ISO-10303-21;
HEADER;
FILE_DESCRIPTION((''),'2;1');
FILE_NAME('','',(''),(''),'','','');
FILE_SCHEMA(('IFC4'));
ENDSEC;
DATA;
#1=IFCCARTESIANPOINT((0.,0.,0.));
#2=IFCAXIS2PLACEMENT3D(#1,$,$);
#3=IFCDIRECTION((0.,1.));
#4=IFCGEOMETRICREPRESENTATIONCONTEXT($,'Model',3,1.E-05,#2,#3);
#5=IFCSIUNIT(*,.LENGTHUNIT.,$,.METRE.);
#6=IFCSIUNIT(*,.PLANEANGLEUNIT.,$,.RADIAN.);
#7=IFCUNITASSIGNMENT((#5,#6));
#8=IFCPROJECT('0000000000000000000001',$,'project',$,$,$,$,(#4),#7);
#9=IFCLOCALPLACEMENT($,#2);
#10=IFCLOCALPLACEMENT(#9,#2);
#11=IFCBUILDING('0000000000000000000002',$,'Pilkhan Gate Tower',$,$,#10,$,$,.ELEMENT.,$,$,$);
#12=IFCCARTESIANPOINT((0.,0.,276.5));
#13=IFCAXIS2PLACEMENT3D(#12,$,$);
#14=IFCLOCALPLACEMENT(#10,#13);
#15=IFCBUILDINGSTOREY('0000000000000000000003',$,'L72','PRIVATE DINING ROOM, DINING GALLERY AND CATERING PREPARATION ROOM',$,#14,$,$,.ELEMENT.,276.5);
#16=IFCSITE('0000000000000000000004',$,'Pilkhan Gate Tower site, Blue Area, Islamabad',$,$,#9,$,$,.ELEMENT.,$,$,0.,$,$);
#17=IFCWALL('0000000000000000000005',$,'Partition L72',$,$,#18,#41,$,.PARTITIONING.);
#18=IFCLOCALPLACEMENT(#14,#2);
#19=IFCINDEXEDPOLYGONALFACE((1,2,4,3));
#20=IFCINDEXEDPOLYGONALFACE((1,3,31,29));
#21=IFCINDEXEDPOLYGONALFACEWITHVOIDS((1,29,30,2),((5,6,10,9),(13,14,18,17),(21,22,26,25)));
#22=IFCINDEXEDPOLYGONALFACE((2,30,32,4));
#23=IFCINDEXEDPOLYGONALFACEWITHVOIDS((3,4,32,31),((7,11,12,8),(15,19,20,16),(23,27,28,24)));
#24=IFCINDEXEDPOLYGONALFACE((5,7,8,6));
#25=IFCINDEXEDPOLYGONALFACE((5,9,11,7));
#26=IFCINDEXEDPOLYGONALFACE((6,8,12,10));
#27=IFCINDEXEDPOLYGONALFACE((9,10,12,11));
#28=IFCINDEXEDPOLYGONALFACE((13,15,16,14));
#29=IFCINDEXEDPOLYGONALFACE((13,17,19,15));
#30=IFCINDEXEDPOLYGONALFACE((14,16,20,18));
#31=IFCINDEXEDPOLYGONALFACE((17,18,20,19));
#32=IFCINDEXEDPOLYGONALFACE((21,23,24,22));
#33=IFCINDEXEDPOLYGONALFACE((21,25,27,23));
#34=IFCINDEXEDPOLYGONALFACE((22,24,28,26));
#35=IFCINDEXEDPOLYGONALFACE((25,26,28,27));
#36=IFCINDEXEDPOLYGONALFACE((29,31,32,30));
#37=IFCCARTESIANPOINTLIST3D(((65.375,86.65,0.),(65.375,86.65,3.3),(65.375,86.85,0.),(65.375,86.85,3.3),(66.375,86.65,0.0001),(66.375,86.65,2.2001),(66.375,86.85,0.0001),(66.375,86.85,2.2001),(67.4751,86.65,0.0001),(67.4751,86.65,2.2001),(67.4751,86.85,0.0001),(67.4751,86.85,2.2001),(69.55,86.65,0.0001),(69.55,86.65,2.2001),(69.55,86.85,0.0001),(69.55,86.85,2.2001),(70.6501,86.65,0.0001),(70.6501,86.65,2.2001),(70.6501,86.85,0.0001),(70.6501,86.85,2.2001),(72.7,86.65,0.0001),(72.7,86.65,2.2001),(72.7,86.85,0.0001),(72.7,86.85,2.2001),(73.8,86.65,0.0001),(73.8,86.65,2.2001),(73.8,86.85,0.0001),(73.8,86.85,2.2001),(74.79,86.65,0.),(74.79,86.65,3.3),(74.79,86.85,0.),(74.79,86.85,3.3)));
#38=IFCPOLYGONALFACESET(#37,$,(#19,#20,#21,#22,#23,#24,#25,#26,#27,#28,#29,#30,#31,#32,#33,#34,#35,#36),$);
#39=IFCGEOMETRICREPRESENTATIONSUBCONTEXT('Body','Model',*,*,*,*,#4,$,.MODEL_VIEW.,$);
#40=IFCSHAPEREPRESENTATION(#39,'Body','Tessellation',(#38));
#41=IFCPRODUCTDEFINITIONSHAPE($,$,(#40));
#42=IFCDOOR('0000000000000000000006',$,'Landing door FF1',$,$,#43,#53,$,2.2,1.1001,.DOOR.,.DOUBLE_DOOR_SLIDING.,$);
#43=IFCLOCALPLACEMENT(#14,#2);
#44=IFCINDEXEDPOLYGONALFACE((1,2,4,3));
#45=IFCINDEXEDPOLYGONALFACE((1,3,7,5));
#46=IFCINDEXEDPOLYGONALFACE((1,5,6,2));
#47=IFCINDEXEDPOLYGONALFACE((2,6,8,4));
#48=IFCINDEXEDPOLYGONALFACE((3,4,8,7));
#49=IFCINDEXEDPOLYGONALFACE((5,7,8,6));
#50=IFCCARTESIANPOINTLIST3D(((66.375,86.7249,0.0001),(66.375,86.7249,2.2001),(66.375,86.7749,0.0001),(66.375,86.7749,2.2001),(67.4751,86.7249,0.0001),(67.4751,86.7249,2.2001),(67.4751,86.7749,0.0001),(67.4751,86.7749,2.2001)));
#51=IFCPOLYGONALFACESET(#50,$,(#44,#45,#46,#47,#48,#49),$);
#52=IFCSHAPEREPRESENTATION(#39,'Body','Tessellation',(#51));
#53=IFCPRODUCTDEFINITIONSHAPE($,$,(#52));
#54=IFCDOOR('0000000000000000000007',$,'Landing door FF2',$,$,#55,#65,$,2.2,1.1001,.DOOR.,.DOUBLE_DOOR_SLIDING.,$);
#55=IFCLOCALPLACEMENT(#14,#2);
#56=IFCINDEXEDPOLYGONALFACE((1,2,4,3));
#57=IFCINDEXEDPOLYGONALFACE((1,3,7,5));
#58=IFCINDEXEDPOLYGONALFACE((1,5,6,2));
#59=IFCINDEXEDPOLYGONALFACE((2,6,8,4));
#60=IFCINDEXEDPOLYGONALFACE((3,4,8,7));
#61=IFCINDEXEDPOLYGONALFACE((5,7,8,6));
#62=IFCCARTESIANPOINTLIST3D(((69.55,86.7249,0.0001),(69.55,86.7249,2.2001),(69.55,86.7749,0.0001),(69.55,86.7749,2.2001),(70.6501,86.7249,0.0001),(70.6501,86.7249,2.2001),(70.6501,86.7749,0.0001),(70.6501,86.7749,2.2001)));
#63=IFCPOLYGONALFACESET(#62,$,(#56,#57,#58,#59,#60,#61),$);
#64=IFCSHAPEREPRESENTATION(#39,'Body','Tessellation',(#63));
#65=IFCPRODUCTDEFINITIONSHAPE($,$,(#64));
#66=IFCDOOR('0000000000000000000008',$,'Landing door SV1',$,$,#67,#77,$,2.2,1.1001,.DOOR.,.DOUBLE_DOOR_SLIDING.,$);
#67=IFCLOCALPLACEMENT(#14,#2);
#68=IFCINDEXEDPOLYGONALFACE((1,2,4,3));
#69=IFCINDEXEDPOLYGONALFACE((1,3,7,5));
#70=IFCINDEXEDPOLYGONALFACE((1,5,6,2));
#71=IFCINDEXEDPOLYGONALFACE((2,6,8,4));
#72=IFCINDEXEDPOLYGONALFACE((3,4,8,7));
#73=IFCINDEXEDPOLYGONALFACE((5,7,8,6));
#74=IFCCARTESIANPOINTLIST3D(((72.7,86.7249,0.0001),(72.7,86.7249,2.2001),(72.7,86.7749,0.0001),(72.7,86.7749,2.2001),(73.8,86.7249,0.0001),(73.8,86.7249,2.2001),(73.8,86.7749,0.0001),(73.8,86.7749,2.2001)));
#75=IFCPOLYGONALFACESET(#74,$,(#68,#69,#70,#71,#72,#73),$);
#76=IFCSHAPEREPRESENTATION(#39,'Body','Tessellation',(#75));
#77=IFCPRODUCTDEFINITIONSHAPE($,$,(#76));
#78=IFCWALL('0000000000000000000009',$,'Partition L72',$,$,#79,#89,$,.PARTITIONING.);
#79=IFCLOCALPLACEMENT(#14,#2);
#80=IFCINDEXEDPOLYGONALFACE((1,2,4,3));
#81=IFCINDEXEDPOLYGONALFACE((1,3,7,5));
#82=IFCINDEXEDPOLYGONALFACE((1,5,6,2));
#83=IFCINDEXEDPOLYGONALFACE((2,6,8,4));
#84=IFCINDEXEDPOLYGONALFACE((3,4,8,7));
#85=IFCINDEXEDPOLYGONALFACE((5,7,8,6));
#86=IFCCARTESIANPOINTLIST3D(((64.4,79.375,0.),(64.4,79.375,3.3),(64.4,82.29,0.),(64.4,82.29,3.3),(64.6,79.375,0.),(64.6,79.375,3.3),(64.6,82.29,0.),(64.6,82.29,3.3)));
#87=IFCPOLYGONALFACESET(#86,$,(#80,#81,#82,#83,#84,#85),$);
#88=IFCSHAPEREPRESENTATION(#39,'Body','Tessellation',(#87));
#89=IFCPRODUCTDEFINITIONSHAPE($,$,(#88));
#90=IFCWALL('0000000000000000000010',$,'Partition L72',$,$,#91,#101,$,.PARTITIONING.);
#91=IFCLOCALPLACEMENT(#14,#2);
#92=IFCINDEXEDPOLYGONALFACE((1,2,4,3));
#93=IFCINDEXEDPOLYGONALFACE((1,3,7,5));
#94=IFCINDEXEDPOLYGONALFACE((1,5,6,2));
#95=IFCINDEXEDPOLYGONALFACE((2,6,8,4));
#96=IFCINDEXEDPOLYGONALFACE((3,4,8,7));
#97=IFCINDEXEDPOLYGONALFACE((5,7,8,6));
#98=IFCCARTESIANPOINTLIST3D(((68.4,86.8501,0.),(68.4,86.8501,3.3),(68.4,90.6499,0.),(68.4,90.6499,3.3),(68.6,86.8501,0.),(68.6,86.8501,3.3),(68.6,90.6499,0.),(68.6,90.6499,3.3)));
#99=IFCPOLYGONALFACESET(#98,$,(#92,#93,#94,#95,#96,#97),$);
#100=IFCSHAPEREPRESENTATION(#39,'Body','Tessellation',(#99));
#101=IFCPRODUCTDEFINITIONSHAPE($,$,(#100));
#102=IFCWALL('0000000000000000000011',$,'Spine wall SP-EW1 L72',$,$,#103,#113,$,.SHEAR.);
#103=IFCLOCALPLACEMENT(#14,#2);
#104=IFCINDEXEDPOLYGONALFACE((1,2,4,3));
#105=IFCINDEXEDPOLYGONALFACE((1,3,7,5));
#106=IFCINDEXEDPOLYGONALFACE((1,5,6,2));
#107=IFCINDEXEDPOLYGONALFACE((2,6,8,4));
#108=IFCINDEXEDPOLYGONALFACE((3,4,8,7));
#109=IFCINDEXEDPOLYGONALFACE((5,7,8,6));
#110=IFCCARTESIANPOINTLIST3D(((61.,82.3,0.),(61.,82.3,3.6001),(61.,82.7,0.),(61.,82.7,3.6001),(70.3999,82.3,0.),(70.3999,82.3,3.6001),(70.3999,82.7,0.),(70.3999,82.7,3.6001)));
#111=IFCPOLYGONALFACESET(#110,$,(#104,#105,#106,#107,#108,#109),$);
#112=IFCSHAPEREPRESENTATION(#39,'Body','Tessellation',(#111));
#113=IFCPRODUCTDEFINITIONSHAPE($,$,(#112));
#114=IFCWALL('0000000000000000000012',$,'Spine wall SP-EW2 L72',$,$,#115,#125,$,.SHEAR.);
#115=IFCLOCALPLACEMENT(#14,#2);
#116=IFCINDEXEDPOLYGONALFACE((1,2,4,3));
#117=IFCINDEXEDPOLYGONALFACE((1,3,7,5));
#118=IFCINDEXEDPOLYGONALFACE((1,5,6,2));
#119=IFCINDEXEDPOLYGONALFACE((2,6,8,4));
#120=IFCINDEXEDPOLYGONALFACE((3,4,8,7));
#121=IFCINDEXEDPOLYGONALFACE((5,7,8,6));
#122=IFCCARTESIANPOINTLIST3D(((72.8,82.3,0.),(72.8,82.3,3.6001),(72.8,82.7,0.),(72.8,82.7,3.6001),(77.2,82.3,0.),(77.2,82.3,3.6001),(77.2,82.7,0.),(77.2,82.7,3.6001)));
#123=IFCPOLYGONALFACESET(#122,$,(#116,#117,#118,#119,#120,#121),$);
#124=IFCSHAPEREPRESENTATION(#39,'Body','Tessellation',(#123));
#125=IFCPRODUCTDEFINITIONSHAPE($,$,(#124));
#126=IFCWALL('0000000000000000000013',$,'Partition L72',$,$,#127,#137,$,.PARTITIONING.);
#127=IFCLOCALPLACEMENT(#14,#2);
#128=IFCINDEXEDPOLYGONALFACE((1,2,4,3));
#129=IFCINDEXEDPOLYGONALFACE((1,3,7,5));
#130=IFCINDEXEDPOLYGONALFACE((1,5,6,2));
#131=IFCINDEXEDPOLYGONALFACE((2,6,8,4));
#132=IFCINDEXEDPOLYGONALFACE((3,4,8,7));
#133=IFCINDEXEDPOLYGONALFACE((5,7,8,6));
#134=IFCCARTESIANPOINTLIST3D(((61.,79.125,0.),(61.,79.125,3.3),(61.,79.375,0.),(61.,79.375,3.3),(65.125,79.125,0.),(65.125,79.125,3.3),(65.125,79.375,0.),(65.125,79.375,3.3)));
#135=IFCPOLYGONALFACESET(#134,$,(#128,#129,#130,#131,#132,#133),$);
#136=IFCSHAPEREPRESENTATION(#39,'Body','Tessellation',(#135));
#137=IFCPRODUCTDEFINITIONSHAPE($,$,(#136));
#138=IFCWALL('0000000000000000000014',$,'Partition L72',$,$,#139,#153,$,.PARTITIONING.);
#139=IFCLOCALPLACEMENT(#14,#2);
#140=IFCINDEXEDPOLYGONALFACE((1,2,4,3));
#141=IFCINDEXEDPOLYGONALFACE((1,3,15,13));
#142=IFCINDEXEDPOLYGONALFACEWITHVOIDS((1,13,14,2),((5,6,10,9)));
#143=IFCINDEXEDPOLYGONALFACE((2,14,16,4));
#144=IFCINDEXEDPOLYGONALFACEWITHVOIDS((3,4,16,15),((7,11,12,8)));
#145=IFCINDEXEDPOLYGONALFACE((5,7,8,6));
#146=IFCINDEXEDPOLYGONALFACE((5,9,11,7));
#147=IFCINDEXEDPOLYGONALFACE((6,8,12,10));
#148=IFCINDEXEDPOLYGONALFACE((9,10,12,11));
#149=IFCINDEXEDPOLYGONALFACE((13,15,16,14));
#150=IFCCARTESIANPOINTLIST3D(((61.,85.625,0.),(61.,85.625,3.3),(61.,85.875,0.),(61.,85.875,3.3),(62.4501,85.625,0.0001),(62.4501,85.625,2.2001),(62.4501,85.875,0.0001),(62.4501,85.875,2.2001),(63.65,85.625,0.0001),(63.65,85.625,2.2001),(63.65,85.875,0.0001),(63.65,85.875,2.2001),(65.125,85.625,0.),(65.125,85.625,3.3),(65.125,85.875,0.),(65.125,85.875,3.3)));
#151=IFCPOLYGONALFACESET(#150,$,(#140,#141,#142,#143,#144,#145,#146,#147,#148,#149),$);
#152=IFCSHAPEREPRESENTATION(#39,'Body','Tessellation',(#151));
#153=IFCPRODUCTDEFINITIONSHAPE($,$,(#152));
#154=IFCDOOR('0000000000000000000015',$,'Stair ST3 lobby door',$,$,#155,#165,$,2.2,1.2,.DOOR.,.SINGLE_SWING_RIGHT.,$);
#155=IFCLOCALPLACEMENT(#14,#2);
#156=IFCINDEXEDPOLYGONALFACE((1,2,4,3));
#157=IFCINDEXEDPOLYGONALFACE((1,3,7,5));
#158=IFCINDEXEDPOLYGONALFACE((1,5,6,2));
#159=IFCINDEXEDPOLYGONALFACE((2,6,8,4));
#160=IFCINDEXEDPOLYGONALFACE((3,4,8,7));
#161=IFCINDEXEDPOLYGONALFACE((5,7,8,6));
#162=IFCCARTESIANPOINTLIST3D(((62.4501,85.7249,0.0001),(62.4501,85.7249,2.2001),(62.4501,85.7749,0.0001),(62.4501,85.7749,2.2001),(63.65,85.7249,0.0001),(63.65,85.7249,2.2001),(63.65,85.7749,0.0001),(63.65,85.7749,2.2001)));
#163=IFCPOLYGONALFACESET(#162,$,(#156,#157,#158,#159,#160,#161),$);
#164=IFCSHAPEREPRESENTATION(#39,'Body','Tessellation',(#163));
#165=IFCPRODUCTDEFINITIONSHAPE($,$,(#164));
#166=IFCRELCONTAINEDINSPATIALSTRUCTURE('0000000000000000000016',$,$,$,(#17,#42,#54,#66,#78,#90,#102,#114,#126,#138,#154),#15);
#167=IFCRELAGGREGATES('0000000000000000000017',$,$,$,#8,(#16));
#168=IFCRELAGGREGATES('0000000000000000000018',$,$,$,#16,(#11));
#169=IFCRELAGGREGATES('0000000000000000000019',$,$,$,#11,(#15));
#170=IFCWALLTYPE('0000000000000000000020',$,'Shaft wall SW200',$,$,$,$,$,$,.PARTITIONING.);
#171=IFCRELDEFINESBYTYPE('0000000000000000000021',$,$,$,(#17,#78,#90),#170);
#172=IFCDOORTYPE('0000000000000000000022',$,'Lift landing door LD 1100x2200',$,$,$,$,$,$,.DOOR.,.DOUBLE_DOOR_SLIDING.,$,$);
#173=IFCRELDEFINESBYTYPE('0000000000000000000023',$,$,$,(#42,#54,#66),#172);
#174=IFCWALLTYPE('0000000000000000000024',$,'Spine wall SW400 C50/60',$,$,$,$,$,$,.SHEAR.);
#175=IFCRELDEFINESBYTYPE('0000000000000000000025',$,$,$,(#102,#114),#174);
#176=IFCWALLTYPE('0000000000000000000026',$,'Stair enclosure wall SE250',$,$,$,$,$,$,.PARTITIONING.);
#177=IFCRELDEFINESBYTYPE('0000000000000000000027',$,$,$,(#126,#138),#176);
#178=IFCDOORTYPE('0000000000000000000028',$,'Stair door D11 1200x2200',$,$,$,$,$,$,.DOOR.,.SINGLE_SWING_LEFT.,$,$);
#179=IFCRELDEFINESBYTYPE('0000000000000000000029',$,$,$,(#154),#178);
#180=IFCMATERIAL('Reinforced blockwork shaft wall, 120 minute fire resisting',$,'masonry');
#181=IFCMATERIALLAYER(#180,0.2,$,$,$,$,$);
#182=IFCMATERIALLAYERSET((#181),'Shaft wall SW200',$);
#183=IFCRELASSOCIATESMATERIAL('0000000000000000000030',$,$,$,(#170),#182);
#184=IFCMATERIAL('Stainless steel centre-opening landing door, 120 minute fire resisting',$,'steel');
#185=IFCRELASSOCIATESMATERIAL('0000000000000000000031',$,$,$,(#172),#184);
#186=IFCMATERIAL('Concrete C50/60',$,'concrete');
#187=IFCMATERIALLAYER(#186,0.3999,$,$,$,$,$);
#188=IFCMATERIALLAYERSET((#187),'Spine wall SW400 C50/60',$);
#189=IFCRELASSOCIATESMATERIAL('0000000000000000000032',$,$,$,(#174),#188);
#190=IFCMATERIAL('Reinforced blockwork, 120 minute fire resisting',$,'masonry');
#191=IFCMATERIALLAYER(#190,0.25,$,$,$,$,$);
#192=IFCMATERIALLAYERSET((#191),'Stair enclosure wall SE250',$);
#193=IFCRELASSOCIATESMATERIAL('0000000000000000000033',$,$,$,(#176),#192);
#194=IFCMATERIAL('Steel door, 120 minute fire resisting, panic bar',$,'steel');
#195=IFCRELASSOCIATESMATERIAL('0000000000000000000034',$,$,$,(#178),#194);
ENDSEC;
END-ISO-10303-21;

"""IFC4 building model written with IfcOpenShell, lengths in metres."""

from ifc_helpers import new_model, si_unit, direction, frame, frame_2d, origin, place, context, subcontext, project, spatial, rectangle, extrude, material, layer, layer_set, type_object, element, fill, save


model = new_model("IFC4")

# Units and contexts
model_context = context("Model", 3, precision=1e-05, world=origin(), true_north=direction((0.0, 1.0)))
body_context = subcontext(model_context, "Body", "Model", "MODEL_VIEW")
ifc_project = project(units=[si_unit("LENGTHUNIT", "METRE"), si_unit("PLANEANGLEUNIT", "RADIAN")], contexts=[model_context])

# Site, building, storey
site_placement = place(None, origin())
site = spatial("IfcSite", under=ifc_project, at=site_placement, Name="Pilkhan Gate Tower site, Blue Area, Islamabad", CompositionType="ELEMENT", RefElevation=0.0)
building_placement = place(site_placement, origin())
building = spatial("IfcBuilding", under=site, at=building_placement, Name="Pilkhan Gate Tower", CompositionType="ELEMENT")
storey_placement = place(building_placement, frame((0.0, 0.0, 276.5)))
storey = spatial("IfcBuildingStorey", under=building, at=storey_placement, Name="L72", Description="PRIVATE DINING ROOM, DINING GALLERY AND CATERING PREPARATION ROOM", CompositionType="ELEMENT", Elevation=276.5)

# Shared definitions
ifc_material_1 = material(Name="Concrete C50/60", Category="concrete")

# Wall, openings, doors
ifc_material_2 = material(Name="Reinforced blockwork shaft wall, 120 minute fire resisting", Category="masonry")
ifc_layer_1 = layer(ifc_material_2, 0.2)
ifc_layer_set_1 = layer_set([ifc_layer_1], Name="Shaft wall SW200")
wall_type_1 = type_object("IfcWallType", Name="Shaft wall SW200", PredefinedType="PARTITIONING", material=ifc_layer_set_1)
wall_1_placement = place(storey_placement, frame((65.375, 86.75, 0.0), z_axis=(0.0, 0.0, 1.0), x_axis=(1.0, 0.0, 0.0)))
wall_1 = element("IfcWall", 1, at=wall_1_placement, inside=storey, type_object=wall_type_1, Name="Partition L72", PredefinedType="PARTITIONING", context=body_context, shape_type="SweptSolid", body=[
    extrude(rectangle(XDim=9.415, YDim=0.2, at=frame_2d((4.7075, 0.0))), origin(), (0.0, 0.0, 1.0), 3.3),
])
opening_1_placement = place(wall_1_placement, frame((1.0, 0.0, 0.0)))
opening_1 = element("IfcOpeningElement", 2, at=opening_1_placement, cuts=wall_1, PredefinedType="OPENING", context=body_context, shape_type="SweptSolid", body=[
    extrude(rectangle(XDim=1.1001, YDim=2.2, at=frame_2d((0.55, 1.1001))), frame((0.0, 0.1099, 0.0), z_axis=(0.0, -1.0, 0.0), x_axis=(1.0, 0.0, 0.0)), (0.0, 0.0, 1.0), 0.22),
])
opening_2_placement = place(wall_1_placement, frame((4.175, 0.0, 0.0)))
opening_2 = element("IfcOpeningElement", 3, at=opening_2_placement, cuts=wall_1, PredefinedType="OPENING", context=body_context, shape_type="SweptSolid", body=[
    extrude(rectangle(XDim=1.1001, YDim=2.2, at=frame_2d((0.55, 1.1001))), frame((0.0, 0.1099, 0.0), z_axis=(0.0, -1.0, 0.0), x_axis=(1.0, 0.0, 0.0)), (0.0, 0.0, 1.0), 0.22),
])
opening_3_placement = place(wall_1_placement, frame((7.325, 0.0, 0.0)))
opening_3 = element("IfcOpeningElement", 4, at=opening_3_placement, cuts=wall_1, PredefinedType="OPENING", context=body_context, shape_type="SweptSolid", body=[
    extrude(rectangle(XDim=1.1001, YDim=2.2, at=frame_2d((0.55, 1.1001))), frame((0.0, 0.1099, 0.0), z_axis=(0.0, -1.0, 0.0), x_axis=(1.0, 0.0, 0.0)), (0.0, 0.0, 1.0), 0.22),
])
ifc_material_3 = material(Name="Stainless steel centre-opening landing door, 120 minute fire resisting", Category="steel")
door_type_1 = type_object("IfcDoorType", Name="Lift landing door LD 1100x2200", OperationType="DOUBLE_DOOR_SLIDING", PredefinedType="DOOR", material=ifc_material_3)
door_1_placement = place(opening_1_placement, origin())
door_1 = element("IfcDoor", 5, at=door_1_placement, inside=storey, type_object=door_type_1, Name="Landing door FF1", OperationType="DOUBLE_DOOR_SLIDING", OverallHeight=2.2, OverallWidth=1.1001, PredefinedType="DOOR", context=body_context, shape_type="SweptSolid", body=[
    extrude(rectangle(XDim=1.1001, YDim=2.2, at=frame_2d((0.55, 1.1001))), frame((0.0, 0.0249, 0.0), z_axis=(0.0, -1.0, 0.0), x_axis=(1.0, 0.0, 0.0)), (0.0, 0.0, 1.0), 0.05),
])
fill(opening_1, door_1)
door_2_placement = place(opening_2_placement, origin())
door_2 = element("IfcDoor", 6, at=door_2_placement, inside=storey, type_object=door_type_1, Name="Landing door FF2", OperationType="DOUBLE_DOOR_SLIDING", OverallHeight=2.2, OverallWidth=1.1001, PredefinedType="DOOR", context=body_context, shape_type="SweptSolid", body=[
    extrude(rectangle(XDim=1.1001, YDim=2.2, at=frame_2d((0.55, 1.1001))), frame((0.0, 0.0249, 0.0), z_axis=(0.0, -1.0, 0.0), x_axis=(1.0, 0.0, 0.0)), (0.0, 0.0, 1.0), 0.05),
])
fill(opening_2, door_2)
door_3_placement = place(opening_3_placement, origin())
door_3 = element("IfcDoor", 7, at=door_3_placement, inside=storey, type_object=door_type_1, Name="Landing door SV1", OperationType="DOUBLE_DOOR_SLIDING", OverallHeight=2.2, OverallWidth=1.1001, PredefinedType="DOOR", context=body_context, shape_type="SweptSolid", body=[
    extrude(rectangle(XDim=1.1001, YDim=2.2, at=frame_2d((0.55, 1.1001))), frame((0.0, 0.0249, 0.0), z_axis=(0.0, -1.0, 0.0), x_axis=(1.0, 0.0, 0.0)), (0.0, 0.0, 1.0), 0.05),
])
fill(opening_3, door_3)

# Walls
wall_2_placement = place(storey_placement, frame((64.5, 79.375, 0.0), z_axis=(0.0, 0.0, 1.0), x_axis=(0.0, 1.0, 0.0)))
element("IfcWall", 8, at=wall_2_placement, inside=storey, type_object=wall_type_1, Name="Partition L72", PredefinedType="PARTITIONING", context=body_context, shape_type="SweptSolid", body=[
    extrude(rectangle(XDim=2.915, YDim=0.2, at=frame_2d((1.4575, 0.0))), origin(), (0.0, 0.0, 1.0), 3.3),
])
wall_3_placement = place(storey_placement, frame((68.5, 86.8501, 0.0), z_axis=(0.0, 0.0, 1.0), x_axis=(0.0, 1.0, 0.0)))
element("IfcWall", 9, at=wall_3_placement, inside=storey, type_object=wall_type_1, Name="Partition L72", PredefinedType="PARTITIONING", context=body_context, shape_type="SweptSolid", body=[
    extrude(rectangle(XDim=3.7998, YDim=0.2, at=frame_2d((1.8999, 0.0))), origin(), (0.0, 0.0, 1.0), 3.3),
])
ifc_layer_2 = layer(ifc_material_1, 0.3999)
ifc_layer_set_2 = layer_set([ifc_layer_2], Name="Spine wall SW400 C50/60")
wall_type_2 = type_object("IfcWallType", Name="Spine wall SW400 C50/60", PredefinedType="SHEAR", material=ifc_layer_set_2)
wall_4_placement = place(storey_placement, frame((61.0, 82.5, 0.0), z_axis=(0.0, 0.0, 1.0), x_axis=(1.0, 0.0, 0.0)))
element("IfcWall", 10, at=wall_4_placement, inside=storey, type_object=wall_type_2, Name="Spine wall SP-EW1 L72", PredefinedType="SHEAR", context=body_context, shape_type="SweptSolid", body=[
    extrude(rectangle(XDim=9.3999, YDim=0.3999, at=frame_2d((4.7, 0.0))), origin(), (0.0, 0.0, 1.0), 3.6001),
])
wall_5_placement = place(storey_placement, frame((72.8, 82.5, 0.0), z_axis=(0.0, 0.0, 1.0), x_axis=(1.0, 0.0, 0.0)))
element("IfcWall", 11, at=wall_5_placement, inside=storey, type_object=wall_type_2, Name="Spine wall SP-EW2 L72", PredefinedType="SHEAR", context=body_context, shape_type="SweptSolid", body=[
    extrude(rectangle(XDim=4.3999, YDim=0.3999, at=frame_2d((2.2, 0.0))), origin(), (0.0, 0.0, 1.0), 3.6001),
])
ifc_material_4 = material(Name="Reinforced blockwork, 120 minute fire resisting", Category="masonry")
ifc_layer_3 = layer(ifc_material_4, 0.25)
ifc_layer_set_3 = layer_set([ifc_layer_3], Name="Stair enclosure wall SE250")
wall_type_3 = type_object("IfcWallType", Name="Stair enclosure wall SE250", PredefinedType="PARTITIONING", material=ifc_layer_set_3)
wall_6_placement = place(storey_placement, frame((61.0, 79.25, 0.0), z_axis=(0.0, 0.0, 1.0), x_axis=(1.0, 0.0, 0.0)))
element("IfcWall", 12, at=wall_6_placement, inside=storey, type_object=wall_type_3, Name="Partition L72", PredefinedType="PARTITIONING", context=body_context, shape_type="SweptSolid", body=[
    extrude(rectangle(XDim=4.125, YDim=0.25, at=frame_2d((2.0625, 0.0))), origin(), (0.0, 0.0, 1.0), 3.3),
])

# Wall, opening, door
wall_7_placement = place(storey_placement, frame((61.0, 85.75, 0.0), z_axis=(0.0, 0.0, 1.0), x_axis=(1.0, 0.0, 0.0)))
wall_7 = element("IfcWall", 13, at=wall_7_placement, inside=storey, type_object=wall_type_3, Name="Partition L72", PredefinedType="PARTITIONING", context=body_context, shape_type="SweptSolid", body=[
    extrude(rectangle(XDim=4.125, YDim=0.25, at=frame_2d((2.0625, 0.0))), origin(), (0.0, 0.0, 1.0), 3.3),
])
opening_4_placement = place(wall_7_placement, frame((1.45, 0.0, 0.0)))
opening_4 = element("IfcOpeningElement", 14, at=opening_4_placement, cuts=wall_7, PredefinedType="OPENING", context=body_context, shape_type="SweptSolid", body=[
    extrude(rectangle(XDim=1.2, YDim=2.2, at=frame_2d((0.6001, 1.1001))), frame((0.0, 0.135, 0.0), z_axis=(0.0, -1.0, 0.0), x_axis=(1.0, 0.0, 0.0)), (0.0, 0.0, 1.0), 0.27),
])
ifc_material_5 = material(Name="Steel door, 120 minute fire resisting, panic bar", Category="steel")
door_type_2 = type_object("IfcDoorType", Name="Stair door D11 1200x2200", OperationType="SINGLE_SWING_LEFT", PredefinedType="DOOR", material=ifc_material_5)
door_4_placement = place(opening_4_placement, origin())
door_4 = element("IfcDoor", 15, at=door_4_placement, inside=storey, type_object=door_type_2, Name="Stair ST3 lobby door", OperationType="SINGLE_SWING_RIGHT", OverallHeight=2.2, OverallWidth=1.2, PredefinedType="DOOR", context=body_context, shape_type="SweptSolid", body=[
    extrude(rectangle(XDim=1.2, YDim=2.2, at=frame_2d((0.6001, 1.1001))), frame((0.0, 0.0249, 0.0), z_axis=(0.0, -1.0, 0.0), x_axis=(1.0, 0.0, 0.0)), (0.0, 0.0, 1.0), 0.05),
])
fill(opening_4, door_4)

save(model, "model.ifc")
